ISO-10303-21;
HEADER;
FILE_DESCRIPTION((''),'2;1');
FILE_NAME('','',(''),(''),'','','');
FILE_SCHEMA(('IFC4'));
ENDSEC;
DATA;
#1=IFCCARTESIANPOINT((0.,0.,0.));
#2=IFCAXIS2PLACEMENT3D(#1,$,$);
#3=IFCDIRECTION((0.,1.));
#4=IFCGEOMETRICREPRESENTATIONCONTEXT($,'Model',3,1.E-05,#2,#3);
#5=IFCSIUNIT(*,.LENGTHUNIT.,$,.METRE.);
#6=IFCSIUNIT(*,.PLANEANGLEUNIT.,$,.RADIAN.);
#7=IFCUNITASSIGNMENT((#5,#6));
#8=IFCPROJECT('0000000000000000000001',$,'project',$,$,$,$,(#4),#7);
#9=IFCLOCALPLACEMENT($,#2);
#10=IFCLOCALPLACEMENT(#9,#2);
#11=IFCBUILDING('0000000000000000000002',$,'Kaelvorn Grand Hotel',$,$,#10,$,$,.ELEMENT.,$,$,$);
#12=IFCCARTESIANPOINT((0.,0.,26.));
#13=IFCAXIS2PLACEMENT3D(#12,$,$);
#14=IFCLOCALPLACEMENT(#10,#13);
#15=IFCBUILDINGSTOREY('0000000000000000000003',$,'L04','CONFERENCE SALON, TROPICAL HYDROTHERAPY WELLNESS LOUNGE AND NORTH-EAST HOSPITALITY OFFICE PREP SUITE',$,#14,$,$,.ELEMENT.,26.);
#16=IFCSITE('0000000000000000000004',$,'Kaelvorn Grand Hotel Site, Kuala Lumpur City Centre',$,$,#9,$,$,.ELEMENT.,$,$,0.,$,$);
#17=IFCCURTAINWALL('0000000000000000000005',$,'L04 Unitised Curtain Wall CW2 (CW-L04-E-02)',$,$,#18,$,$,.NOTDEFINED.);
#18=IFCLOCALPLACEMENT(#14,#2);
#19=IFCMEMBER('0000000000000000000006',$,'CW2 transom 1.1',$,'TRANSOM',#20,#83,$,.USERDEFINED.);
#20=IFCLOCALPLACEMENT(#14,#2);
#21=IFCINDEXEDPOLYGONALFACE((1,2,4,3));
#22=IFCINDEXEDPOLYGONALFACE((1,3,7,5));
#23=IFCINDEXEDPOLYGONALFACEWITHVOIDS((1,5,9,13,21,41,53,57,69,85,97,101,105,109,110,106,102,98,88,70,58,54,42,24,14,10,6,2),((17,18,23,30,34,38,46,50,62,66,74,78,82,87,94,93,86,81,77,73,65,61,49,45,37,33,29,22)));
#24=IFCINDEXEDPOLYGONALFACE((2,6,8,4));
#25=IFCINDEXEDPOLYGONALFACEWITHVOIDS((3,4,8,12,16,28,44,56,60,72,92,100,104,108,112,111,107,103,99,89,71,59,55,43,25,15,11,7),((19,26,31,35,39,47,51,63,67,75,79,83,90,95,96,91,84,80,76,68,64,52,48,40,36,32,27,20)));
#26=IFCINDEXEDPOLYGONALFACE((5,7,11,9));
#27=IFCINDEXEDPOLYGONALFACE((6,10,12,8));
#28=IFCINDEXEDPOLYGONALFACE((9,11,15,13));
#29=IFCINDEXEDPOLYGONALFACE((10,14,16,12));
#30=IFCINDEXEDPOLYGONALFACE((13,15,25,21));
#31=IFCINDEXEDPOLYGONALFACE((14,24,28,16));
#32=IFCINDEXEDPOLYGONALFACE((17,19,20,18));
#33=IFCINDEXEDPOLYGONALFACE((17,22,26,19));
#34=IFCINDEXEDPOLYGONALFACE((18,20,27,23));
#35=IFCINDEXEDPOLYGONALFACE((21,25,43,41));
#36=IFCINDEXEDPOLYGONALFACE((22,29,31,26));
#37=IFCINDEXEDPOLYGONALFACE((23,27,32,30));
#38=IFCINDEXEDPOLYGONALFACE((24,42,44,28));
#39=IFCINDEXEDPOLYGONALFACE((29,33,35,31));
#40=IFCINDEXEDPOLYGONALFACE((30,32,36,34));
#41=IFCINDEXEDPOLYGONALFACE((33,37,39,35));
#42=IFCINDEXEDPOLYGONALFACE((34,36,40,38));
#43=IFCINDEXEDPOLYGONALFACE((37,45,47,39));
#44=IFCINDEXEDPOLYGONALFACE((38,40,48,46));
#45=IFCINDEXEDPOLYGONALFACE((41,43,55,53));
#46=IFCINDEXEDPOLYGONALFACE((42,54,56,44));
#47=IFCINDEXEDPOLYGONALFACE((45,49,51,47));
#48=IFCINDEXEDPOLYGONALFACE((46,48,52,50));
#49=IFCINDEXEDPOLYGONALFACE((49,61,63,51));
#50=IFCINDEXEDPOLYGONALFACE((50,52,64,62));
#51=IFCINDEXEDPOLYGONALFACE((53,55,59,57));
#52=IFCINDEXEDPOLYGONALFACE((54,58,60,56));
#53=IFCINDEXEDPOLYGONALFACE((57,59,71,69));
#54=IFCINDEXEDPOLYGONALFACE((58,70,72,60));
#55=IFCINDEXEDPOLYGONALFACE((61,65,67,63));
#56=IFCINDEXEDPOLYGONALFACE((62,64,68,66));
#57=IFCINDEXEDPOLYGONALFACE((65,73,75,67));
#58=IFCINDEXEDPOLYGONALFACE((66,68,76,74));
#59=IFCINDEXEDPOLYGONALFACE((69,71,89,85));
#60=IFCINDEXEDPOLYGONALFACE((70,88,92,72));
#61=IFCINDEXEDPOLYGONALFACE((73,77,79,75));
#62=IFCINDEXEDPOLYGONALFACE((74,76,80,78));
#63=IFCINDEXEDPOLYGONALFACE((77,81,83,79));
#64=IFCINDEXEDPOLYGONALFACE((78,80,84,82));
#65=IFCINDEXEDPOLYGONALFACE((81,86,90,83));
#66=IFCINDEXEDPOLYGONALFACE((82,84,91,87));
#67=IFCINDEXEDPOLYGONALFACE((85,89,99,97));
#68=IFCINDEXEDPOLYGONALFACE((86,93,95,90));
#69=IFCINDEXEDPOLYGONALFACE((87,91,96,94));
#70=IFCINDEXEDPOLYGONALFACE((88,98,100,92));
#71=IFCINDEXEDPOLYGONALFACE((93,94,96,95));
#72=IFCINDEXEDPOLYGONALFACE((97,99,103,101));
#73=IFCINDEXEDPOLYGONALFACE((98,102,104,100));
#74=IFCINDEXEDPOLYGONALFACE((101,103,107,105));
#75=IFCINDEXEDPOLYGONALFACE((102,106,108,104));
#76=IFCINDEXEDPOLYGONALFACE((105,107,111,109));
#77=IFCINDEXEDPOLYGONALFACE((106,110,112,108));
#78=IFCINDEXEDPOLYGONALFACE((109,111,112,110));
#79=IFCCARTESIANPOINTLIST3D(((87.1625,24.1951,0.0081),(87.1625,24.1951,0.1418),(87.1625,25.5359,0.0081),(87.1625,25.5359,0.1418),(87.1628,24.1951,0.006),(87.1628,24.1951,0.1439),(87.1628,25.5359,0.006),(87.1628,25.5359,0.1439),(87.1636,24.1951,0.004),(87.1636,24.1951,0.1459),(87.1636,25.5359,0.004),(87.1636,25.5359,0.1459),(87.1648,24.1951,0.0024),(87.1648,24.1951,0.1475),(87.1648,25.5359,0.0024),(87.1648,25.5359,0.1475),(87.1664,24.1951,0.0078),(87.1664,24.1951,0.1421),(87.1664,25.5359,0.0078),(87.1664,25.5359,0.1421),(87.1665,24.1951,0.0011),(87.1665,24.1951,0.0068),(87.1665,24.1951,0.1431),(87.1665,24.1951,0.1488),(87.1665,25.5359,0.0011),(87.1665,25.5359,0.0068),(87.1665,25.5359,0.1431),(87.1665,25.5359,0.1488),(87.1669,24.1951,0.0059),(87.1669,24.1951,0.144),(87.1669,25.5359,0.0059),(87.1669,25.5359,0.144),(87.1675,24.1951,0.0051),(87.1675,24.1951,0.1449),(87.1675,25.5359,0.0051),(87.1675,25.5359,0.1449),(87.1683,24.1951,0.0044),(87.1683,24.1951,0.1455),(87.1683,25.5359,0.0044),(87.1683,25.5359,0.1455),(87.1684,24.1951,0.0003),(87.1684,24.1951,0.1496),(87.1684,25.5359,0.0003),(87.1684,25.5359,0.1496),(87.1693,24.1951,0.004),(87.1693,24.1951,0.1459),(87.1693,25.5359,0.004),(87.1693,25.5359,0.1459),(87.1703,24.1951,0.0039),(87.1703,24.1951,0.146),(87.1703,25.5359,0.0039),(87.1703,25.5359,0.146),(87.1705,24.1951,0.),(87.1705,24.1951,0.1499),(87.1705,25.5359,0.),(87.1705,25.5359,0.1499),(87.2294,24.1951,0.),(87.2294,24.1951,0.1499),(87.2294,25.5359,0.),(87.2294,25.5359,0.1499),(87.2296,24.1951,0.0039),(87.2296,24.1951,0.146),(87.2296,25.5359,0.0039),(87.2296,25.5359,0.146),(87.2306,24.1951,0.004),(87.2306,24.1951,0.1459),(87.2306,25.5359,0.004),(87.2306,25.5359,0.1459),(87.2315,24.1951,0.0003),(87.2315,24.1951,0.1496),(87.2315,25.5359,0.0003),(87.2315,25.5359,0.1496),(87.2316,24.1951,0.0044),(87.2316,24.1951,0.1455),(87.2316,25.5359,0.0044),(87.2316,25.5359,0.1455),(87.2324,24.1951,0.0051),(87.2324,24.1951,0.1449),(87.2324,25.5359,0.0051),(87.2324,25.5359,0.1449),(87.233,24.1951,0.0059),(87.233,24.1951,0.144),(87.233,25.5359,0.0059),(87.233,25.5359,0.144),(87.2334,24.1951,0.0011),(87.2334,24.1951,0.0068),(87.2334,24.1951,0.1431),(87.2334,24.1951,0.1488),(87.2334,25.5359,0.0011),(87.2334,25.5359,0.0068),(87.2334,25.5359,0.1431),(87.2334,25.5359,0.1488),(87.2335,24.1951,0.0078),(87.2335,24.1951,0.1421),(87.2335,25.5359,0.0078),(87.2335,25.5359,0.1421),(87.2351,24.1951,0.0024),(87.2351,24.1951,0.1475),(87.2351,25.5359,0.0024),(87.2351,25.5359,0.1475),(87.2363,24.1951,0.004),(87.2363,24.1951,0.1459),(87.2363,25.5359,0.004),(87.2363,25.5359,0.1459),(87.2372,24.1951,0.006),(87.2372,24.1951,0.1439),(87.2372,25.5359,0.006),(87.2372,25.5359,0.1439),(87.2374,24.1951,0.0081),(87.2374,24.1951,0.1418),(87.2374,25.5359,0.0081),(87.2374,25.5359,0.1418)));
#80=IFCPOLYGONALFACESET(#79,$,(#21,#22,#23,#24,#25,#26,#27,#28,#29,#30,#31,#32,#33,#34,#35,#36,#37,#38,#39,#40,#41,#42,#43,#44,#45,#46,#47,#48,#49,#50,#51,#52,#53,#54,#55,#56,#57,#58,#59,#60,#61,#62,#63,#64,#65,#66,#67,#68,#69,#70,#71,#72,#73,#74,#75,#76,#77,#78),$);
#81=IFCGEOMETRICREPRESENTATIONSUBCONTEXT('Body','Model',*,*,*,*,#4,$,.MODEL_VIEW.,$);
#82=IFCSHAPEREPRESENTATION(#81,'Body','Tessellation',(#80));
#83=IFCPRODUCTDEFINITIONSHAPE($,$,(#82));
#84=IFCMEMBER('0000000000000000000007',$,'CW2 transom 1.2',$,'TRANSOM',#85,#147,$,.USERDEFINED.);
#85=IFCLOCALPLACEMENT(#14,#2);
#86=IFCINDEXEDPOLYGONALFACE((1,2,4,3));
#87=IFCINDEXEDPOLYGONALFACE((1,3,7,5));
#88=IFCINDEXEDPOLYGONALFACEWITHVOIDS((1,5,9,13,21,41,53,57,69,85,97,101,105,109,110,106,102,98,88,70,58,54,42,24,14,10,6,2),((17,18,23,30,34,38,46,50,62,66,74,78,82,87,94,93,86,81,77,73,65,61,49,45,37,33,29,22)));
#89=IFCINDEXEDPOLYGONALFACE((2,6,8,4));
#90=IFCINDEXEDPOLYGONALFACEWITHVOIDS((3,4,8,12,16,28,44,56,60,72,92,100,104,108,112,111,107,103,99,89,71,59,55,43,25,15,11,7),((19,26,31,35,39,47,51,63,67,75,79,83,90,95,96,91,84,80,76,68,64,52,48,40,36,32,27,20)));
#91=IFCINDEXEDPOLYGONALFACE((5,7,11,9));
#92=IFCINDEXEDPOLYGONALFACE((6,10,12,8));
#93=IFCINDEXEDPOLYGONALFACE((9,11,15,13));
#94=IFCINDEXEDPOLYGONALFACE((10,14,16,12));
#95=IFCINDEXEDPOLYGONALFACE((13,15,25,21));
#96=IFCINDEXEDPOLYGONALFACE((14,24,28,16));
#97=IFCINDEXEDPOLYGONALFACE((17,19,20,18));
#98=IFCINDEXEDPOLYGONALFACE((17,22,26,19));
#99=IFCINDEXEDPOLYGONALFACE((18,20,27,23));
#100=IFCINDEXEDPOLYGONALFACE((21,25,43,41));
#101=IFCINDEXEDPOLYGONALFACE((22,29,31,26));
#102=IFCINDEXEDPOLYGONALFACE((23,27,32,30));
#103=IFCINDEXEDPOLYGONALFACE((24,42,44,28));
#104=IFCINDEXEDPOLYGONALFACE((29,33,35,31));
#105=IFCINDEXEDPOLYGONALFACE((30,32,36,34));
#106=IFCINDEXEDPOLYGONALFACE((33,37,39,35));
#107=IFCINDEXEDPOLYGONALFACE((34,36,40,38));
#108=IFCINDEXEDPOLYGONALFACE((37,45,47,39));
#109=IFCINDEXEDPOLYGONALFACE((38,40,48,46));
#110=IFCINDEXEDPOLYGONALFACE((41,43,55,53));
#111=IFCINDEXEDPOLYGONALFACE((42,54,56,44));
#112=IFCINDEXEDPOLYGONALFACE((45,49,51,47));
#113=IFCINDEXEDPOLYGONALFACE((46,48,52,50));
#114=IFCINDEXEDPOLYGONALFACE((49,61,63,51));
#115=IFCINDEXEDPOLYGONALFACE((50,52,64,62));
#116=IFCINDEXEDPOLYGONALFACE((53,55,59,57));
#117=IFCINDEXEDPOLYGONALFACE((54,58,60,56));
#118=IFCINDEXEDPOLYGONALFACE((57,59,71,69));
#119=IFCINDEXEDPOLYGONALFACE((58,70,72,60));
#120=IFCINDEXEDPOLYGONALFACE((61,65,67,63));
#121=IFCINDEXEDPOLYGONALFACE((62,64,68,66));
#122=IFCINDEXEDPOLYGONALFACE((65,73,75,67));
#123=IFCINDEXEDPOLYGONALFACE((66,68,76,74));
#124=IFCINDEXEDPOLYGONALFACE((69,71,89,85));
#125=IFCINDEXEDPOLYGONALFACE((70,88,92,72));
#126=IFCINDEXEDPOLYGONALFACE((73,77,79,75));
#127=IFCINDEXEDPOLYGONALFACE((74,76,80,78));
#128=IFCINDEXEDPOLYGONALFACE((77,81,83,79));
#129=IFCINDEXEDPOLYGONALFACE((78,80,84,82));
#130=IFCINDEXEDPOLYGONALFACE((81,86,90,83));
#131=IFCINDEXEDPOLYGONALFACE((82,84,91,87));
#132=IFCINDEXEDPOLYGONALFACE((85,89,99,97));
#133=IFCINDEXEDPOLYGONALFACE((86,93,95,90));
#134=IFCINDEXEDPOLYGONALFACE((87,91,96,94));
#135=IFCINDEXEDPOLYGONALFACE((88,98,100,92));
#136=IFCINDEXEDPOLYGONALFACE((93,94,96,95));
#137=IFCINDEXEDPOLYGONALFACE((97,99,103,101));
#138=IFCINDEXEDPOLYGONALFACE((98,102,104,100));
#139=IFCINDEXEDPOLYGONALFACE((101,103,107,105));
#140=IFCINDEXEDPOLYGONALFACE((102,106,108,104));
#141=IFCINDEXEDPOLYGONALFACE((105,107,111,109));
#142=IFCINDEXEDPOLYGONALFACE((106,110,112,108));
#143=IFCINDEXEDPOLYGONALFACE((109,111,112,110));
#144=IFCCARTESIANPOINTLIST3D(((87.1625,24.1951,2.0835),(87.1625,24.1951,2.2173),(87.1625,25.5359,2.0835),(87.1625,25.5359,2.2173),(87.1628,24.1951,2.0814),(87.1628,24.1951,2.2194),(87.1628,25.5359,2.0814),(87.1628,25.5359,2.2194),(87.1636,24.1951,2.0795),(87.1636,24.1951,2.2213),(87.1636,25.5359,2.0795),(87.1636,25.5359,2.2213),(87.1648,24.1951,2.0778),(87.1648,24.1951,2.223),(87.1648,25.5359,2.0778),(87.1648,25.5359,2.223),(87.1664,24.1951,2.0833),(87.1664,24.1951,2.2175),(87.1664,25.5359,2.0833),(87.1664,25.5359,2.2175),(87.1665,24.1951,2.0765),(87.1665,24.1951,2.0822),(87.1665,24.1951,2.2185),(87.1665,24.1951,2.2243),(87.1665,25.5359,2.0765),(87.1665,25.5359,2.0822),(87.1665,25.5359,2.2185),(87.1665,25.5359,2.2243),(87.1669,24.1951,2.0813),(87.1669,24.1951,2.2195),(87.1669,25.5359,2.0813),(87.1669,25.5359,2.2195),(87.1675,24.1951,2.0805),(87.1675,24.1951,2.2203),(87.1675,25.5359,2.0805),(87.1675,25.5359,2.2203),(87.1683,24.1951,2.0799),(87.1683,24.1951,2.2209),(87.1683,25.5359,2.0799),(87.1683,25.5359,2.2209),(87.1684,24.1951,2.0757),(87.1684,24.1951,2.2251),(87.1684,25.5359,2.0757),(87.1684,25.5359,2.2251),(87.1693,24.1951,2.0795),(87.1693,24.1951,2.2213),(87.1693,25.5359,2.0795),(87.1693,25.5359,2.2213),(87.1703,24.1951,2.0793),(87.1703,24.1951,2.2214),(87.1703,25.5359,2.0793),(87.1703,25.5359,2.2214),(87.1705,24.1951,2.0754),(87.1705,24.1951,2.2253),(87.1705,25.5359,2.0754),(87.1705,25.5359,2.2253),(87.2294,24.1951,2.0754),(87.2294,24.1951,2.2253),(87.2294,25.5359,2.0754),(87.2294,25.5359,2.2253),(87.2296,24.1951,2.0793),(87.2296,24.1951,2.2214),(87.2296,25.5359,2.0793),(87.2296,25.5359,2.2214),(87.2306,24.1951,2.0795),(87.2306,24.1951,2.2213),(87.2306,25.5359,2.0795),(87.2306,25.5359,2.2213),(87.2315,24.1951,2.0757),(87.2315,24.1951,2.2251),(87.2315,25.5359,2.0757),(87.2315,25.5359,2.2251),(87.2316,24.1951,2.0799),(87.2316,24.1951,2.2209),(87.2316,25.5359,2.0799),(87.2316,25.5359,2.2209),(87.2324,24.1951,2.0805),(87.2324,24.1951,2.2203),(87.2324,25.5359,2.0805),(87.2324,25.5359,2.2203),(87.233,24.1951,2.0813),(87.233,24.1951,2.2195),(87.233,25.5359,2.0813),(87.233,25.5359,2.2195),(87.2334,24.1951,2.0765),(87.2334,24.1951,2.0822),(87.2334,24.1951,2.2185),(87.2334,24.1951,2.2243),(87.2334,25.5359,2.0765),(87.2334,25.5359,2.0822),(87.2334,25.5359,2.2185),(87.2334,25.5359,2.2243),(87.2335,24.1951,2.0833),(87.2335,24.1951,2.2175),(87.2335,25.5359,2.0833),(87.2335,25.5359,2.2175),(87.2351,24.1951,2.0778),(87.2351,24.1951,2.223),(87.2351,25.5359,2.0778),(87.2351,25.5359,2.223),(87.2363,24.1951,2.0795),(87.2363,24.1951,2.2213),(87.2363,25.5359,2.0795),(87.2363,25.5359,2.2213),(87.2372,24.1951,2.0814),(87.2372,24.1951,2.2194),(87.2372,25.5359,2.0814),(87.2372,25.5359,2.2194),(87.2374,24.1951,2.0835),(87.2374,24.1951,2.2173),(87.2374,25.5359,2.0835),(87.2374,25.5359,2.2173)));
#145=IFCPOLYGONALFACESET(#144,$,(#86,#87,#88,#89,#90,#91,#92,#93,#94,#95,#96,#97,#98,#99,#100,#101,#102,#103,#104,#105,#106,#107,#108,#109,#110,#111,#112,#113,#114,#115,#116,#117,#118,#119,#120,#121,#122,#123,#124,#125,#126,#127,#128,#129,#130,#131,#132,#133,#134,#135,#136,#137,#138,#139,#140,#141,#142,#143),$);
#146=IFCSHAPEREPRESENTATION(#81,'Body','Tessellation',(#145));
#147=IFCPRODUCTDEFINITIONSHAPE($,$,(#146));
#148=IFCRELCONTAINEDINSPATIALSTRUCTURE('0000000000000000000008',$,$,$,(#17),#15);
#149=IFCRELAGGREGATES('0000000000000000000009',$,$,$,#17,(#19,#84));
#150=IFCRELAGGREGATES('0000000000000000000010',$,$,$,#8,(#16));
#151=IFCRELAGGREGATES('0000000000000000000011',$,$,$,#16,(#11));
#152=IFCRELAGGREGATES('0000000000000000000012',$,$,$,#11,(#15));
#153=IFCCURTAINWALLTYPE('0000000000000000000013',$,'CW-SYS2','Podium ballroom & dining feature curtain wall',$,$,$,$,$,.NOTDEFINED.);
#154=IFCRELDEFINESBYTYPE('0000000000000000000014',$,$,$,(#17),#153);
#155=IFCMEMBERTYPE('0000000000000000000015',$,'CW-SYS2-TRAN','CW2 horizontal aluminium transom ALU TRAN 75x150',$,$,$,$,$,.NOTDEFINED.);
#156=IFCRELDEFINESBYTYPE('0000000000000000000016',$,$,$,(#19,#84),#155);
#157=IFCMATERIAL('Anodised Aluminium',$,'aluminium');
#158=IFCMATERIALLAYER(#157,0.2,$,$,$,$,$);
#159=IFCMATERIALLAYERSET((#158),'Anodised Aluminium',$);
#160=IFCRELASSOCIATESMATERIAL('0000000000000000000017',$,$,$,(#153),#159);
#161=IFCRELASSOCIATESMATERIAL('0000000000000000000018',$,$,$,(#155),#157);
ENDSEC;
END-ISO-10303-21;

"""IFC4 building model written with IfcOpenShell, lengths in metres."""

from ifc_helpers import new_model, si_unit, direction, frame, origin, origin_2d, place, context, subcontext, project, spatial, hollow_rectangle, extrude, material, layer, layer_set, material_profile, profile_set, type_object, element, aggregate, save


model = new_model("IFC4")

# Units and contexts
model_context = context("Model", 3, precision=1e-05, world=origin(), true_north=direction((0.0, 1.0)))
body_context = subcontext(model_context, "Body", "Model", "MODEL_VIEW")
ifc_project = project(units=[si_unit("LENGTHUNIT", "METRE"), si_unit("PLANEANGLEUNIT", "RADIAN")], contexts=[model_context])

# Site, building, storey
site_placement = place(None, origin())
site = spatial("IfcSite", under=ifc_project, at=site_placement, Name="Kaelvorn Grand Hotel Site, Kuala Lumpur City Centre", CompositionType="ELEMENT", RefElevation=0.0)
building_placement = place(site_placement, origin())
building = spatial("IfcBuilding", under=site, at=building_placement, Name="Kaelvorn Grand Hotel", CompositionType="ELEMENT")
storey_placement = place(building_placement, frame((0.0, 0.0, 26.0)))
storey = spatial("IfcBuildingStorey", under=building, at=storey_placement, Name="L04", Description="CONFERENCE SALON, TROPICAL HYDROTHERAPY WELLNESS LOUNGE AND NORTH-EAST HOSPITALITY OFFICE PREP SUITE", CompositionType="ELEMENT", Elevation=26.0)

# Shared definitions
ifc_material_1 = material(Name="Anodised Aluminium", Category="aluminium")
ifc_layer_1 = layer(ifc_material_1, 0.2)
ifc_layer_set_1 = layer_set([ifc_layer_1], Name="Anodised Aluminium")
curtain_wall_type = type_object("IfcCurtainWallType", Name="CW-SYS2", Description="Podium ballroom & dining feature curtain wall", PredefinedType="NOTDEFINED", material=ifc_layer_set_1)

# Curtain wall, members
curtain_wall_1_placement = place(storey_placement, origin())
curtain_wall_1 = element("IfcCurtainWall", 1, at=curtain_wall_1_placement, inside=storey, type_object=curtain_wall_type, Name="L04 Unitised Curtain Wall CW2 (CW-L04-E-02)", PredefinedType="NOTDEFINED")
ifc_material_profile_1 = material_profile(ifc_material_1, hollow_rectangle(XDim=0.075, YDim=0.1499, WallThickness=0.0039, InnerFilletRadius=0.0039, OuterFilletRadius=0.0081, at=origin_2d()), Name="ALU TRAN 75x150")
ifc_profile_set_1 = profile_set([ifc_material_profile_1], Name="Anodised Aluminium")
member_type_1 = type_object("IfcMemberType", Name="CW-SYS2-TRAN", Description="CW2 horizontal aluminium transom ALU TRAN 75x150", PredefinedType="NOTDEFINED", material=ifc_profile_set_1)
member_1_placement = place(storey_placement, frame((87.2, 24.1951, 0.075), z_axis=(0.0, 1.0, 0.0), x_axis=(-1.0, 0.0, 0.0)))
member_1 = element("IfcMember", 2, at=member_1_placement, type_object=member_type_1, Name="CW2 transom 1.1", ObjectType="TRANSOM", PredefinedType="USERDEFINED", context=body_context, shape_type="SweptSolid", body=[
    extrude(hollow_rectangle(XDim=0.075, YDim=0.1499, WallThickness=0.0039, InnerFilletRadius=0.0039, OuterFilletRadius=0.0081, at=origin_2d()), origin(), (0.0, 0.0, 1.0), 1.3408),
])
member_2_placement = place(storey_placement, frame((87.2, 24.1951, 2.1504), z_axis=(0.0, 1.0, 0.0), x_axis=(-1.0, 0.0, 0.0)))
member_2 = element("IfcMember", 3, at=member_2_placement, type_object=member_type_1, Name="CW2 transom 1.2", ObjectType="TRANSOM", PredefinedType="USERDEFINED", context=body_context, shape_type="SweptSolid", body=[
    extrude(hollow_rectangle(XDim=0.075, YDim=0.1499, WallThickness=0.0039, InnerFilletRadius=0.0039, OuterFilletRadius=0.0081, at=origin_2d()), origin(), (0.0, 0.0, 1.0), 1.3408),
])

aggregate(curtain_wall_1, [member_1, member_2])

save(model, "model.ifc")
